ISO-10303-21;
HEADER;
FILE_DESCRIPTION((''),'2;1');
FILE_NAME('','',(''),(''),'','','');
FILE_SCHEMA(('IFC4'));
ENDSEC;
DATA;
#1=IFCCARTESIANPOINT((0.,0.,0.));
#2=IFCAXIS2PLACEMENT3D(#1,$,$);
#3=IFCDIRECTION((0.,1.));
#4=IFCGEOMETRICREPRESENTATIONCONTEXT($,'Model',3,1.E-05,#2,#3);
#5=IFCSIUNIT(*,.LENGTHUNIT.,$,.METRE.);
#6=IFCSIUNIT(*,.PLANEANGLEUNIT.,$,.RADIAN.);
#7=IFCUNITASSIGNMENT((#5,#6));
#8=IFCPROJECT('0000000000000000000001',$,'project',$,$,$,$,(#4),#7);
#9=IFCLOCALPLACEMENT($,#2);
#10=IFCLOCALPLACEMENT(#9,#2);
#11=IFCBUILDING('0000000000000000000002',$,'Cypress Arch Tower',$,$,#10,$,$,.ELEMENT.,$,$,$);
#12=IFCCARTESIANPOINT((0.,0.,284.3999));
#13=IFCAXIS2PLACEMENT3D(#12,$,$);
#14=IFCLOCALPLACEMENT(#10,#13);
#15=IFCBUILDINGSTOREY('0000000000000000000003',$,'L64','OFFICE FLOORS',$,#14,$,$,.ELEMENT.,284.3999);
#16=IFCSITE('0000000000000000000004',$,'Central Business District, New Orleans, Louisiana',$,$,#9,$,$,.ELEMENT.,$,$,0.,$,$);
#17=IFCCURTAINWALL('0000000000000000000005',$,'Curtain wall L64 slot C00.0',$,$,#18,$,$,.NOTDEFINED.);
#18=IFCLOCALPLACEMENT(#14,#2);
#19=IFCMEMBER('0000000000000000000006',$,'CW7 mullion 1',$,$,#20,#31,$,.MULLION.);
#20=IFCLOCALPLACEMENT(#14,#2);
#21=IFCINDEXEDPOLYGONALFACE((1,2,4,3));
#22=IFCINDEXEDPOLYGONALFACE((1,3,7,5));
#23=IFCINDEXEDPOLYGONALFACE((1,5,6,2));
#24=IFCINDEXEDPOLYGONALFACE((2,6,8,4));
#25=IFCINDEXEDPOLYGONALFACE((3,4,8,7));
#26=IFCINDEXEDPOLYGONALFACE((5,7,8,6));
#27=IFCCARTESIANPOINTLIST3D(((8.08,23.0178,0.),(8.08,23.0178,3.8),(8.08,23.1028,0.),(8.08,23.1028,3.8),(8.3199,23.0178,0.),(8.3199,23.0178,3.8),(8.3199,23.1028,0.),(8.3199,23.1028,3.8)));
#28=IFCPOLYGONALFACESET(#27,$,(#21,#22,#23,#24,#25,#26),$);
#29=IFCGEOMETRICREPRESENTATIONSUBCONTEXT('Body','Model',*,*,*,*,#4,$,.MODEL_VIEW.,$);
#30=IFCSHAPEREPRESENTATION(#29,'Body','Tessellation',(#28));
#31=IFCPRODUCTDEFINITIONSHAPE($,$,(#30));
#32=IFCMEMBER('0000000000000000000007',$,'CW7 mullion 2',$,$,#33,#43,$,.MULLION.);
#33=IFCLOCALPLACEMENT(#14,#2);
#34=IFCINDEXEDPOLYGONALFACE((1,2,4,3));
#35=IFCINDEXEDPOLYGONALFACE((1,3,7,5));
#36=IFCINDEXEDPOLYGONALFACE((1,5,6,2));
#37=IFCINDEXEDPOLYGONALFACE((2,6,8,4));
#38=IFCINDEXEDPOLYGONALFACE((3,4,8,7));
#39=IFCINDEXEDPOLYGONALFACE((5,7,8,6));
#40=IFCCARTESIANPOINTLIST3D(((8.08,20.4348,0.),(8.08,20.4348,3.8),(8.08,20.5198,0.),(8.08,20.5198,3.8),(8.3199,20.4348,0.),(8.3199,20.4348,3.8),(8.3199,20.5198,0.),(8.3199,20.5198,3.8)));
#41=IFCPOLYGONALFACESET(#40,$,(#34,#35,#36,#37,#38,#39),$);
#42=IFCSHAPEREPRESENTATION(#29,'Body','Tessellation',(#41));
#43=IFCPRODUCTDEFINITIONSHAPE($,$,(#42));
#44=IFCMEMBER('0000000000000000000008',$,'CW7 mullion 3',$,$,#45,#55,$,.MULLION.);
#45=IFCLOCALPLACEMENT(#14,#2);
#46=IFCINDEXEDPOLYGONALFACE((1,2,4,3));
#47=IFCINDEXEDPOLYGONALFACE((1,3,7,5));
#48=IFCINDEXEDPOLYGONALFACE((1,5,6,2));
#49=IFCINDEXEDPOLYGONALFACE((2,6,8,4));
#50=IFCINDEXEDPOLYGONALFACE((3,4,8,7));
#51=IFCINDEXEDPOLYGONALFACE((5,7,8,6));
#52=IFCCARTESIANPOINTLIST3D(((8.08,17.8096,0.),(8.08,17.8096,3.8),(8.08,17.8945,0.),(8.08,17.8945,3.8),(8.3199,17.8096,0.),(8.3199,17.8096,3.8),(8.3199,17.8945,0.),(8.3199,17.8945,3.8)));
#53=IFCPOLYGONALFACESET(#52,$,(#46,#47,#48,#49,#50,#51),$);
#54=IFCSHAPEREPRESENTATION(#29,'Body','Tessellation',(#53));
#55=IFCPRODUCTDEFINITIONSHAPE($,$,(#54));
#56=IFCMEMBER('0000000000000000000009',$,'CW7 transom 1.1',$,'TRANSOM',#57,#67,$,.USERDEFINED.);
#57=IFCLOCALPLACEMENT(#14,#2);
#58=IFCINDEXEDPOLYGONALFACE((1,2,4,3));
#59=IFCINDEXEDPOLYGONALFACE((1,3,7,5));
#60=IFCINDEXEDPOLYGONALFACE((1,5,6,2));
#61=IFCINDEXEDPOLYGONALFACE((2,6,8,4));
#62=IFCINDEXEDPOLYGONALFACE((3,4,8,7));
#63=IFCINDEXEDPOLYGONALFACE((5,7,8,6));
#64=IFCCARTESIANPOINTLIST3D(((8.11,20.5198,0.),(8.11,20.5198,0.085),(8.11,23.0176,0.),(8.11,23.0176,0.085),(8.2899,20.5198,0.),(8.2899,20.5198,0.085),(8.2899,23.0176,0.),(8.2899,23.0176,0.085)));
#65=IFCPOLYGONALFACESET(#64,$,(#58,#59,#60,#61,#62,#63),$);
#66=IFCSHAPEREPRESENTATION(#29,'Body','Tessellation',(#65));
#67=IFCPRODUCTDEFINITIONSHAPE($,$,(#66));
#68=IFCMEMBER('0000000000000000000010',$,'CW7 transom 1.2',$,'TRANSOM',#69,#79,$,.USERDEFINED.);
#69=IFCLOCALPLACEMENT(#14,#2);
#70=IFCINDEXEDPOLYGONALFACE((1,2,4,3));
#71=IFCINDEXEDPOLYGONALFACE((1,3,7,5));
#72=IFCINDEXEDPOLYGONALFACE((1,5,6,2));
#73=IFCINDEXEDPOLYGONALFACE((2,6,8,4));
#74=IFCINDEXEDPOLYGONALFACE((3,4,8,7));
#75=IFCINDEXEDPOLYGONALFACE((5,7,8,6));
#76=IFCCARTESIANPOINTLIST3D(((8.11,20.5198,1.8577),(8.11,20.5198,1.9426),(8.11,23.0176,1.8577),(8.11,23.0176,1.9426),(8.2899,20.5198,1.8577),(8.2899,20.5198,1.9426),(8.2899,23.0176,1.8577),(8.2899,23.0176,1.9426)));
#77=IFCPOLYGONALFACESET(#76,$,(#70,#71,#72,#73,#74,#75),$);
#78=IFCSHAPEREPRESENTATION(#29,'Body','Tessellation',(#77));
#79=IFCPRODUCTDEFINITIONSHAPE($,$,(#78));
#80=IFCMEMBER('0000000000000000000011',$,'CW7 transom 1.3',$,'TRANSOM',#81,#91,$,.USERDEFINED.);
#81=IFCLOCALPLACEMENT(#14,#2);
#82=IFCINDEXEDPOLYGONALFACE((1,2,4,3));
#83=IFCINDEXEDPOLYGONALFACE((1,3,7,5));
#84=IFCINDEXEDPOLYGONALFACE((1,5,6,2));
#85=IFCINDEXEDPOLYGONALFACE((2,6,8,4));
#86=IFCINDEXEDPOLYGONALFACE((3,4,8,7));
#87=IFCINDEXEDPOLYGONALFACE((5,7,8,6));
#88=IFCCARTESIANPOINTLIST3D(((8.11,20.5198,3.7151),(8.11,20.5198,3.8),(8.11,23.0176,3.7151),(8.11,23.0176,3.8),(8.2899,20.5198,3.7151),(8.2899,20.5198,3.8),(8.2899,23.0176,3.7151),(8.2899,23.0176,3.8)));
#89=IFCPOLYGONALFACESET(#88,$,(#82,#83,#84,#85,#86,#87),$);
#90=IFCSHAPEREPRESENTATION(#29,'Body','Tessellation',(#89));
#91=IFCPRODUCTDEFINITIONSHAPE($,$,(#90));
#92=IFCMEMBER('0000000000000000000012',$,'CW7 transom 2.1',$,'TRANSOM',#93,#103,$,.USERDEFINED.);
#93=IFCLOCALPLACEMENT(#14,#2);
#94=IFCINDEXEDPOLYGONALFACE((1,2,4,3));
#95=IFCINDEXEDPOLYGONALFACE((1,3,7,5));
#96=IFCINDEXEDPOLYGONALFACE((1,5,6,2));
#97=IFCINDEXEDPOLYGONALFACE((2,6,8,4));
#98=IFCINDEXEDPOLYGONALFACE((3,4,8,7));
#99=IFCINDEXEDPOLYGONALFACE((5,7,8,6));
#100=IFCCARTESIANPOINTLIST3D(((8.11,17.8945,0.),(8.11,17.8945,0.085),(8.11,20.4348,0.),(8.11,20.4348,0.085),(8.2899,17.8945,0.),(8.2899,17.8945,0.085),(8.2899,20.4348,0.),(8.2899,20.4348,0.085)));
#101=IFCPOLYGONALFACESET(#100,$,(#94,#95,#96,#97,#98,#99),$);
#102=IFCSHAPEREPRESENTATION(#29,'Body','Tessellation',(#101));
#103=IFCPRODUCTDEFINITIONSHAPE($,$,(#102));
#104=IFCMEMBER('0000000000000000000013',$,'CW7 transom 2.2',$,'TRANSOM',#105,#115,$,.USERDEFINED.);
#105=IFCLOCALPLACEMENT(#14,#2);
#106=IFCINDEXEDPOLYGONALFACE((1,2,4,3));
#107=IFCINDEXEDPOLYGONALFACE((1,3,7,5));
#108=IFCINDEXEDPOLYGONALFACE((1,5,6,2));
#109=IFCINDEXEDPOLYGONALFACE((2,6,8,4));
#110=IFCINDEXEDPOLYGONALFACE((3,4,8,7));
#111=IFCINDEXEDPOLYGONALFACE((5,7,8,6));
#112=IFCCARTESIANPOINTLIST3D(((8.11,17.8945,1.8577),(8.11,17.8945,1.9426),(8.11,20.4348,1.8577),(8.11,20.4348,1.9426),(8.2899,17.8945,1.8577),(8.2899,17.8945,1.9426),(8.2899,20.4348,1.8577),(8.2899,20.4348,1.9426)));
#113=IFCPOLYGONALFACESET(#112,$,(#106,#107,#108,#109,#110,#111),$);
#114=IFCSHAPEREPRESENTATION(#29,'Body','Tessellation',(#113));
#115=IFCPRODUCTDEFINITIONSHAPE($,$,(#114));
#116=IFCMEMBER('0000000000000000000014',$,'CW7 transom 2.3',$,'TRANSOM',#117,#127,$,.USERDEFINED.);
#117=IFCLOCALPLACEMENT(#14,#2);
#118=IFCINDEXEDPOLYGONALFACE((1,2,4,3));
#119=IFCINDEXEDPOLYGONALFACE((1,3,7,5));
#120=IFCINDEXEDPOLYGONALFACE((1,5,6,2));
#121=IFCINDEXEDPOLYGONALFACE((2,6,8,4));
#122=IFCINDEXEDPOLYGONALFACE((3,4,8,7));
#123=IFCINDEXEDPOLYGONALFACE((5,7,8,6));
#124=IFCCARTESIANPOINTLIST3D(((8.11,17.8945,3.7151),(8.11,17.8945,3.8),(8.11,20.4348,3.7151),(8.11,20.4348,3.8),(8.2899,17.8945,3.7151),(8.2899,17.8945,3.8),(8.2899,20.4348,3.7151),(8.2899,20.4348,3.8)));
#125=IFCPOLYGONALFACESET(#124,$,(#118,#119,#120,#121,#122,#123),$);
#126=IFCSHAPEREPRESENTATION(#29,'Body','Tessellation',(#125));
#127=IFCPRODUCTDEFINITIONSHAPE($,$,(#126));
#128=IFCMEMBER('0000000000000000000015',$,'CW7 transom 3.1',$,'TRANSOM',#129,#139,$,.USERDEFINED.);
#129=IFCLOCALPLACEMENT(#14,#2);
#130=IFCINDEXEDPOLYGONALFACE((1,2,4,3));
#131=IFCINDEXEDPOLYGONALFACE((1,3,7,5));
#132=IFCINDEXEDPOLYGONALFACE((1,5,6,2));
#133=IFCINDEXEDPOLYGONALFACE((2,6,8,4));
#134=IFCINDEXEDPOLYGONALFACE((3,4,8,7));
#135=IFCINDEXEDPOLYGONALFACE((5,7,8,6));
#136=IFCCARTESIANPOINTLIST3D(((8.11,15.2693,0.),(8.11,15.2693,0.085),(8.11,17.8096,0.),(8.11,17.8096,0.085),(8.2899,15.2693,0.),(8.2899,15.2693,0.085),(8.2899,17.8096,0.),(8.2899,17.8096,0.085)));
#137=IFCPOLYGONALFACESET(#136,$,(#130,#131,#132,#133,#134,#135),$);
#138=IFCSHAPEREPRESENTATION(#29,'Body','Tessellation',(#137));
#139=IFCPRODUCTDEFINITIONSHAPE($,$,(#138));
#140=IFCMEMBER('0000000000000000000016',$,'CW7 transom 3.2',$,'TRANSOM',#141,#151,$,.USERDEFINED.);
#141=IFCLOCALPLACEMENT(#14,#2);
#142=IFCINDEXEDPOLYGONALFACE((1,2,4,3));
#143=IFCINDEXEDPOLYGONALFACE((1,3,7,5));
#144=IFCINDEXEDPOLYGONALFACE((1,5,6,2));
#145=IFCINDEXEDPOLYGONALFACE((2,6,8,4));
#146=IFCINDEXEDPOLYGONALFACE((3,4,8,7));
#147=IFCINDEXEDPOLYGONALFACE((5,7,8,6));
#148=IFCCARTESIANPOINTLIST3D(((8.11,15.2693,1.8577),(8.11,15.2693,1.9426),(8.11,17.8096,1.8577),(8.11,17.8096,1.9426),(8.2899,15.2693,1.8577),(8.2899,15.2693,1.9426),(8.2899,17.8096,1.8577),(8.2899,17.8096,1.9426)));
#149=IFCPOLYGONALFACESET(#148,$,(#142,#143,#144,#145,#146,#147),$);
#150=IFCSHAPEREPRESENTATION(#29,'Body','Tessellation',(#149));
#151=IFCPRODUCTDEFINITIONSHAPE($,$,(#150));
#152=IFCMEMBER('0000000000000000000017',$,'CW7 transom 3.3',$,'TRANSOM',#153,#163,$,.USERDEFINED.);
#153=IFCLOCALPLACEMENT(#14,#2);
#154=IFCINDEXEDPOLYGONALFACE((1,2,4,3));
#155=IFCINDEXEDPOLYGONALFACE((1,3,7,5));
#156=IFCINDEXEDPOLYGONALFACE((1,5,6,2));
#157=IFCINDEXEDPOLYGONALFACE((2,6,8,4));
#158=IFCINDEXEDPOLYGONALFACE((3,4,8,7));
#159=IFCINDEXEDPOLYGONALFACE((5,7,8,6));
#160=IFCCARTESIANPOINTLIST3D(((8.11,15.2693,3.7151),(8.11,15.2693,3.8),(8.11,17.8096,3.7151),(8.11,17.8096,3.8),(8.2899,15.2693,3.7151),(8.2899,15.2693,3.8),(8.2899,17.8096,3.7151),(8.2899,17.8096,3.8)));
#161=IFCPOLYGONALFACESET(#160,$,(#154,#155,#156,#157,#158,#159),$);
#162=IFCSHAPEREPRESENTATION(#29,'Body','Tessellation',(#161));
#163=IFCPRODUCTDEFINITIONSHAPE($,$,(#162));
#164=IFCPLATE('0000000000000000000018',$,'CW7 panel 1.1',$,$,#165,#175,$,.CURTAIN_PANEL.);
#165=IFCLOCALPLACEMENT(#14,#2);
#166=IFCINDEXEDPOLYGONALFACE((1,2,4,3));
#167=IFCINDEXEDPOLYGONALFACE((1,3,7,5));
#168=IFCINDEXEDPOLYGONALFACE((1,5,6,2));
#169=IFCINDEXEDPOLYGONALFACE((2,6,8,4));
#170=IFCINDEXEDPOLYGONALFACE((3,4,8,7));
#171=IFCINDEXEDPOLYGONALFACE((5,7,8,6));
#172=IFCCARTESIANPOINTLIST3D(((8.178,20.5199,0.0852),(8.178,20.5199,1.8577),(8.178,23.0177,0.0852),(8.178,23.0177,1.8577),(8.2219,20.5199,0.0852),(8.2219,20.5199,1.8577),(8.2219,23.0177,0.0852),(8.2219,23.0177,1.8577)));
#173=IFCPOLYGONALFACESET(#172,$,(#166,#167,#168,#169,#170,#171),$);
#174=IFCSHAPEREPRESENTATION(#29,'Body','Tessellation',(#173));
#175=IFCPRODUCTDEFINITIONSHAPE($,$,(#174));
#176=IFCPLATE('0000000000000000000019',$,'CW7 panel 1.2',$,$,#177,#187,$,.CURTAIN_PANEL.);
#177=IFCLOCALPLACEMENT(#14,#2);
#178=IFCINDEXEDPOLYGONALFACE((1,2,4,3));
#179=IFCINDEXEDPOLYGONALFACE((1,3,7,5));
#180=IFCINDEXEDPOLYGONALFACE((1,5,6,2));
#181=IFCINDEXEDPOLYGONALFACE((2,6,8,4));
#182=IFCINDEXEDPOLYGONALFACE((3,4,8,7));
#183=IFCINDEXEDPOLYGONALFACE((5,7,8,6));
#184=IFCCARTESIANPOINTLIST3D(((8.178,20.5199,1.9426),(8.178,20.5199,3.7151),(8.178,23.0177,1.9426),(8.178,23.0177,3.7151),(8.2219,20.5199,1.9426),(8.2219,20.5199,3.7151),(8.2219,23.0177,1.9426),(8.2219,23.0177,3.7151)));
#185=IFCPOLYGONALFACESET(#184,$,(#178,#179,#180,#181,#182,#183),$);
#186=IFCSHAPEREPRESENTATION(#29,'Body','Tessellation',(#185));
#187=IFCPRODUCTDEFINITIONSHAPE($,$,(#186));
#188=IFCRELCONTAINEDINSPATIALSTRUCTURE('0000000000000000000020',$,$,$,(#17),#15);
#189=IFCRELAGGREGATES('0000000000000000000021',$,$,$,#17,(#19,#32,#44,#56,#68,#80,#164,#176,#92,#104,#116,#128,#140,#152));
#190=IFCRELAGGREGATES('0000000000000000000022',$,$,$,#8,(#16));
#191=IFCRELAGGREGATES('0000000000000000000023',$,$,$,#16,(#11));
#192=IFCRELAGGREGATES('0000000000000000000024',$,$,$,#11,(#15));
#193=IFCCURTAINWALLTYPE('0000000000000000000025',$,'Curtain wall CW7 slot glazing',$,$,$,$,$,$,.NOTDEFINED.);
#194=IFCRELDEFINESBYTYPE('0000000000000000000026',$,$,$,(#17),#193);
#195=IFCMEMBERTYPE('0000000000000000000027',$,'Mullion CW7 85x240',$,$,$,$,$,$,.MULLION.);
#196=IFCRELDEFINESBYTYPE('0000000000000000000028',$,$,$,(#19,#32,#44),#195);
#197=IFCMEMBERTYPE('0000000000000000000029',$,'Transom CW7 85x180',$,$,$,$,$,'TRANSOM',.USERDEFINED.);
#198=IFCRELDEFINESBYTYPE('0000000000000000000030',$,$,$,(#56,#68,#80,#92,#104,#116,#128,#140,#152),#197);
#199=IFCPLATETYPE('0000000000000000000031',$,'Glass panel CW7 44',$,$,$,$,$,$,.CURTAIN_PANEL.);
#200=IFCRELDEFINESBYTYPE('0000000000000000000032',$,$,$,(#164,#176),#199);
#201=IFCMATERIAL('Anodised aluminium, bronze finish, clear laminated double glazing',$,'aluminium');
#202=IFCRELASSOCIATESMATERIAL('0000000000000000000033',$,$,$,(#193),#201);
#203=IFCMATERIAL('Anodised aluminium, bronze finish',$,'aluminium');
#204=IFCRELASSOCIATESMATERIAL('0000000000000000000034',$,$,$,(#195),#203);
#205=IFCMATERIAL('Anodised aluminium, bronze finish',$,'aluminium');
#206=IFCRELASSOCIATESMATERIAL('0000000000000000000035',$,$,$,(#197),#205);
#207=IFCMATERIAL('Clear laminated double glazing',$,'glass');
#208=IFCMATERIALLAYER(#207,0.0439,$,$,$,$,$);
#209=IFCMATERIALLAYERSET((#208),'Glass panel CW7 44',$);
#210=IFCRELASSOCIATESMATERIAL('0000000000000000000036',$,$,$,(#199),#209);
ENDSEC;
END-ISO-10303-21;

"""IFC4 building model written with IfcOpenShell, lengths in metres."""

from ifc_helpers import new_model, si_unit, direction, frame, origin, origin_2d, place, context, subcontext, project, spatial, rectangle, extrude, material, layer, layer_set, material_profile, profile_set, type_object, element, aggregate, save


model = new_model("IFC4")

# Units and contexts
model_context = context("Model", 3, precision=1e-05, world=origin(), true_north=direction((0.0, 1.0)))
body_context = subcontext(model_context, "Body", "Model", "MODEL_VIEW")
ifc_project = project(units=[si_unit("LENGTHUNIT", "METRE"), si_unit("PLANEANGLEUNIT", "RADIAN")], contexts=[model_context])

# Site, building, storey
site_placement = place(None, origin())
site = spatial("IfcSite", under=ifc_project, at=site_placement, Name="Central Business District, New Orleans, Louisiana", CompositionType="ELEMENT", RefElevation=0.0)
building_placement = place(site_placement, origin())
building = spatial("IfcBuilding", under=site, at=building_placement, Name="Cypress Arch Tower", CompositionType="ELEMENT")
storey_placement = place(building_placement, frame((0.0, 0.0, 284.3999)))
storey = spatial("IfcBuildingStorey", under=building, at=storey_placement, Name="L64", Description="OFFICE FLOORS", CompositionType="ELEMENT", Elevation=284.3999)

# Curtain wall, members, plates
ifc_material_1 = material(Name="Anodised aluminium, bronze finish, clear laminated double glazing", Category="aluminium")
curtain_wall_type = type_object("IfcCurtainWallType", Name="Curtain wall CW7 slot glazing", PredefinedType="NOTDEFINED", material=ifc_material_1)
curtain_wall_placement = place(storey_placement, origin())
curtain_wall = element("IfcCurtainWall", 1, at=curtain_wall_placement, inside=storey, type_object=curtain_wall_type, Name="Curtain wall L64 slot C00.0", PredefinedType="NOTDEFINED")
ifc_material_2 = material(Name="Anodised aluminium, bronze finish", Category="aluminium")
ifc_material_profile_1 = material_profile(ifc_material_2, rectangle(XDim=0.24, YDim=0.085, at=origin_2d()), Name="Mullion 85x240")
ifc_profile_set_1 = profile_set([ifc_material_profile_1], Name="Anodised aluminium, bronze finish")
member_type_1 = type_object("IfcMemberType", Name="Mullion CW7 85x240", PredefinedType="MULLION", material=ifc_profile_set_1)
member_1_placement = place(storey_placement, frame((8.2, 23.0603, 0.0), z_axis=(0.0, 0.0, 1.0), x_axis=(1.0, 0.0, 0.0)))
member_1 = element("IfcMember", 2, at=member_1_placement, type_object=member_type_1, Name="CW7 mullion 1", PredefinedType="MULLION", context=body_context, shape_type="SweptSolid", body=[
    extrude(rectangle(XDim=0.24, YDim=0.085, at=origin_2d()), origin(), (0.0, 0.0, 1.0), 3.8),
])
member_2_placement = place(storey_placement, frame((8.2, 20.4773, 0.0), z_axis=(0.0, 0.0, 1.0), x_axis=(1.0, 0.0, 0.0)))
member_2 = element("IfcMember", 3, at=member_2_placement, type_object=member_type_1, Name="CW7 mullion 2", PredefinedType="MULLION", context=body_context, shape_type="SweptSolid", body=[
    extrude(rectangle(XDim=0.24, YDim=0.085, at=origin_2d()), origin(), (0.0, 0.0, 1.0), 3.8),
])
member_3_placement = place(storey_placement, frame((8.2, 17.8521, 0.0), z_axis=(0.0, 0.0, 1.0), x_axis=(1.0, 0.0, 0.0)))
member_3 = element("IfcMember", 4, at=member_3_placement, type_object=member_type_1, Name="CW7 mullion 3", PredefinedType="MULLION", context=body_context, shape_type="SweptSolid", body=[
    extrude(rectangle(XDim=0.24, YDim=0.085, at=origin_2d()), origin(), (0.0, 0.0, 1.0), 3.8),
])
ifc_material_3 = material(Name="Anodised aluminium, bronze finish", Category="aluminium")
ifc_material_profile_2 = material_profile(ifc_material_3, rectangle(XDim=0.1799, YDim=0.085, at=origin_2d()), Name="Transom 85x180")
ifc_profile_set_2 = profile_set([ifc_material_profile_2], Name="Anodised aluminium, bronze finish")
member_type_2 = type_object("IfcMemberType", Name="Transom CW7 85x180", ElementType="TRANSOM", PredefinedType="USERDEFINED", material=ifc_profile_set_2)
member_4_placement = place(storey_placement, frame((8.2, 23.0176, 0.0425), z_axis=(0.0, -1.0, 0.0), x_axis=(1.0, 0.0, 0.0)))
member_4 = element("IfcMember", 5, at=member_4_placement, type_object=member_type_2, Name="CW7 transom 1.1", ObjectType="TRANSOM", PredefinedType="USERDEFINED", context=body_context, shape_type="SweptSolid", body=[
    extrude(rectangle(XDim=0.1799, YDim=0.085, at=origin_2d()), origin(), (0.0, 0.0, 1.0), 2.4978),
])
member_5_placement = place(storey_placement, frame((8.2, 23.0176, 1.9001), z_axis=(0.0, -1.0, 0.0), x_axis=(1.0, 0.0, 0.0)))
member_5 = element("IfcMember", 6, at=member_5_placement, type_object=member_type_2, Name="CW7 transom 1.2", ObjectType="TRANSOM", PredefinedType="USERDEFINED", context=body_context, shape_type="SweptSolid", body=[
    extrude(rectangle(XDim=0.1799, YDim=0.085, at=origin_2d()), origin(), (0.0, 0.0, 1.0), 2.4978),
])
member_6_placement = place(storey_placement, frame((8.2, 23.0176, 3.7576), z_axis=(0.0, -1.0, 0.0), x_axis=(1.0, 0.0, 0.0)))
member_6 = element("IfcMember", 7, at=member_6_placement, type_object=member_type_2, Name="CW7 transom 1.3", ObjectType="TRANSOM", PredefinedType="USERDEFINED", context=body_context, shape_type="SweptSolid", body=[
    extrude(rectangle(XDim=0.1799, YDim=0.085, at=origin_2d()), origin(), (0.0, 0.0, 1.0), 2.4978),
])
member_7_placement = place(storey_placement, frame((8.2, 20.4348, 0.0425), z_axis=(0.0, -1.0, 0.0), x_axis=(1.0, 0.0, 0.0)))
member_7 = element("IfcMember", 8, at=member_7_placement, type_object=member_type_2, Name="CW7 transom 2.1", ObjectType="TRANSOM", PredefinedType="USERDEFINED", context=body_context, shape_type="SweptSolid", body=[
    extrude(rectangle(XDim=0.1799, YDim=0.085, at=origin_2d()), origin(), (0.0, 0.0, 1.0), 2.5403),
])
member_8_placement = place(storey_placement, frame((8.2, 20.4348, 1.9001), z_axis=(0.0, -1.0, 0.0), x_axis=(1.0, 0.0, 0.0)))
member_8 = element("IfcMember", 9, at=member_8_placement, type_object=member_type_2, Name="CW7 transom 2.2", ObjectType="TRANSOM", PredefinedType="USERDEFINED", context=body_context, shape_type="SweptSolid", body=[
    extrude(rectangle(XDim=0.1799, YDim=0.085, at=origin_2d()), origin(), (0.0, 0.0, 1.0), 2.5403),
])
member_9_placement = place(storey_placement, frame((8.2, 20.4348, 3.7576), z_axis=(0.0, -1.0, 0.0), x_axis=(1.0, 0.0, 0.0)))
member_9 = element("IfcMember", 10, at=member_9_placement, type_object=member_type_2, Name="CW7 transom 2.3", ObjectType="TRANSOM", PredefinedType="USERDEFINED", context=body_context, shape_type="SweptSolid", body=[
    extrude(rectangle(XDim=0.1799, YDim=0.085, at=origin_2d()), origin(), (0.0, 0.0, 1.0), 2.5403),
])
member_10_placement = place(storey_placement, frame((8.2, 17.8096, 0.0425), z_axis=(0.0, -1.0, 0.0), x_axis=(1.0, 0.0, 0.0)))
member_10 = element("IfcMember", 11, at=member_10_placement, type_object=member_type_2, Name="CW7 transom 3.1", ObjectType="TRANSOM", PredefinedType="USERDEFINED", context=body_context, shape_type="SweptSolid", body=[
    extrude(rectangle(XDim=0.1799, YDim=0.085, at=origin_2d()), origin(), (0.0, 0.0, 1.0), 2.5403),
])
member_11_placement = place(storey_placement, frame((8.2, 17.8096, 1.9001), z_axis=(0.0, -1.0, 0.0), x_axis=(1.0, 0.0, 0.0)))
member_11 = element("IfcMember", 12, at=member_11_placement, type_object=member_type_2, Name="CW7 transom 3.2", ObjectType="TRANSOM", PredefinedType="USERDEFINED", context=body_context, shape_type="SweptSolid", body=[
    extrude(rectangle(XDim=0.1799, YDim=0.085, at=origin_2d()), origin(), (0.0, 0.0, 1.0), 2.5403),
])
member_12_placement = place(storey_placement, frame((8.2, 17.8096, 3.7576), z_axis=(0.0, -1.0, 0.0), x_axis=(1.0, 0.0, 0.0)))
member_12 = element("IfcMember", 13, at=member_12_placement, type_object=member_type_2, Name="CW7 transom 3.3", ObjectType="TRANSOM", PredefinedType="USERDEFINED", context=body_context, shape_type="SweptSolid", body=[
    extrude(rectangle(XDim=0.1799, YDim=0.085, at=origin_2d()), origin(), (0.0, 0.0, 1.0), 2.5403),
])
ifc_material_4 = material(Name="Clear laminated double glazing", Category="glass")
ifc_layer = layer(ifc_material_4, 0.0439)
ifc_layer_set = layer_set([ifc_layer], Name="Glass panel CW7 44")
plate_type = type_object("IfcPlateType", Name="Glass panel CW7 44", PredefinedType="CURTAIN_PANEL", material=ifc_layer_set)
plate_1_placement = place(storey_placement, frame((8.2, 21.7688, 0.0852), z_axis=(0.0, 0.0, 1.0), x_axis=(0.0, -1.0, 0.0)))
plate_1 = element("IfcPlate", 14, at=plate_1_placement, type_object=plate_type, Name="CW7 panel 1.1", PredefinedType="CURTAIN_PANEL", context=body_context, shape_type="SweptSolid", body=[
    extrude(rectangle(XDim=2.4978, YDim=0.0439, at=origin_2d()), origin(), (0.0, 0.0, 1.0), 1.7725),
])
plate_2_placement = place(storey_placement, frame((8.2, 21.7688, 1.9426), z_axis=(0.0, 0.0, 1.0), x_axis=(0.0, -1.0, 0.0)))
plate_2 = element("IfcPlate", 15, at=plate_2_placement, type_object=plate_type, Name="CW7 panel 1.2", PredefinedType="CURTAIN_PANEL", context=body_context, shape_type="SweptSolid", body=[
    extrude(rectangle(XDim=2.4978, YDim=0.0439, at=origin_2d()), origin(), (0.0, 0.0, 1.0), 1.7725),
])
aggregate(curtain_wall, [member_1, member_2, member_3, member_4, member_5, member_6, plate_1, plate_2, member_7, member_8, member_9, member_10, member_11, member_12])

save(model, "model.ifc")
